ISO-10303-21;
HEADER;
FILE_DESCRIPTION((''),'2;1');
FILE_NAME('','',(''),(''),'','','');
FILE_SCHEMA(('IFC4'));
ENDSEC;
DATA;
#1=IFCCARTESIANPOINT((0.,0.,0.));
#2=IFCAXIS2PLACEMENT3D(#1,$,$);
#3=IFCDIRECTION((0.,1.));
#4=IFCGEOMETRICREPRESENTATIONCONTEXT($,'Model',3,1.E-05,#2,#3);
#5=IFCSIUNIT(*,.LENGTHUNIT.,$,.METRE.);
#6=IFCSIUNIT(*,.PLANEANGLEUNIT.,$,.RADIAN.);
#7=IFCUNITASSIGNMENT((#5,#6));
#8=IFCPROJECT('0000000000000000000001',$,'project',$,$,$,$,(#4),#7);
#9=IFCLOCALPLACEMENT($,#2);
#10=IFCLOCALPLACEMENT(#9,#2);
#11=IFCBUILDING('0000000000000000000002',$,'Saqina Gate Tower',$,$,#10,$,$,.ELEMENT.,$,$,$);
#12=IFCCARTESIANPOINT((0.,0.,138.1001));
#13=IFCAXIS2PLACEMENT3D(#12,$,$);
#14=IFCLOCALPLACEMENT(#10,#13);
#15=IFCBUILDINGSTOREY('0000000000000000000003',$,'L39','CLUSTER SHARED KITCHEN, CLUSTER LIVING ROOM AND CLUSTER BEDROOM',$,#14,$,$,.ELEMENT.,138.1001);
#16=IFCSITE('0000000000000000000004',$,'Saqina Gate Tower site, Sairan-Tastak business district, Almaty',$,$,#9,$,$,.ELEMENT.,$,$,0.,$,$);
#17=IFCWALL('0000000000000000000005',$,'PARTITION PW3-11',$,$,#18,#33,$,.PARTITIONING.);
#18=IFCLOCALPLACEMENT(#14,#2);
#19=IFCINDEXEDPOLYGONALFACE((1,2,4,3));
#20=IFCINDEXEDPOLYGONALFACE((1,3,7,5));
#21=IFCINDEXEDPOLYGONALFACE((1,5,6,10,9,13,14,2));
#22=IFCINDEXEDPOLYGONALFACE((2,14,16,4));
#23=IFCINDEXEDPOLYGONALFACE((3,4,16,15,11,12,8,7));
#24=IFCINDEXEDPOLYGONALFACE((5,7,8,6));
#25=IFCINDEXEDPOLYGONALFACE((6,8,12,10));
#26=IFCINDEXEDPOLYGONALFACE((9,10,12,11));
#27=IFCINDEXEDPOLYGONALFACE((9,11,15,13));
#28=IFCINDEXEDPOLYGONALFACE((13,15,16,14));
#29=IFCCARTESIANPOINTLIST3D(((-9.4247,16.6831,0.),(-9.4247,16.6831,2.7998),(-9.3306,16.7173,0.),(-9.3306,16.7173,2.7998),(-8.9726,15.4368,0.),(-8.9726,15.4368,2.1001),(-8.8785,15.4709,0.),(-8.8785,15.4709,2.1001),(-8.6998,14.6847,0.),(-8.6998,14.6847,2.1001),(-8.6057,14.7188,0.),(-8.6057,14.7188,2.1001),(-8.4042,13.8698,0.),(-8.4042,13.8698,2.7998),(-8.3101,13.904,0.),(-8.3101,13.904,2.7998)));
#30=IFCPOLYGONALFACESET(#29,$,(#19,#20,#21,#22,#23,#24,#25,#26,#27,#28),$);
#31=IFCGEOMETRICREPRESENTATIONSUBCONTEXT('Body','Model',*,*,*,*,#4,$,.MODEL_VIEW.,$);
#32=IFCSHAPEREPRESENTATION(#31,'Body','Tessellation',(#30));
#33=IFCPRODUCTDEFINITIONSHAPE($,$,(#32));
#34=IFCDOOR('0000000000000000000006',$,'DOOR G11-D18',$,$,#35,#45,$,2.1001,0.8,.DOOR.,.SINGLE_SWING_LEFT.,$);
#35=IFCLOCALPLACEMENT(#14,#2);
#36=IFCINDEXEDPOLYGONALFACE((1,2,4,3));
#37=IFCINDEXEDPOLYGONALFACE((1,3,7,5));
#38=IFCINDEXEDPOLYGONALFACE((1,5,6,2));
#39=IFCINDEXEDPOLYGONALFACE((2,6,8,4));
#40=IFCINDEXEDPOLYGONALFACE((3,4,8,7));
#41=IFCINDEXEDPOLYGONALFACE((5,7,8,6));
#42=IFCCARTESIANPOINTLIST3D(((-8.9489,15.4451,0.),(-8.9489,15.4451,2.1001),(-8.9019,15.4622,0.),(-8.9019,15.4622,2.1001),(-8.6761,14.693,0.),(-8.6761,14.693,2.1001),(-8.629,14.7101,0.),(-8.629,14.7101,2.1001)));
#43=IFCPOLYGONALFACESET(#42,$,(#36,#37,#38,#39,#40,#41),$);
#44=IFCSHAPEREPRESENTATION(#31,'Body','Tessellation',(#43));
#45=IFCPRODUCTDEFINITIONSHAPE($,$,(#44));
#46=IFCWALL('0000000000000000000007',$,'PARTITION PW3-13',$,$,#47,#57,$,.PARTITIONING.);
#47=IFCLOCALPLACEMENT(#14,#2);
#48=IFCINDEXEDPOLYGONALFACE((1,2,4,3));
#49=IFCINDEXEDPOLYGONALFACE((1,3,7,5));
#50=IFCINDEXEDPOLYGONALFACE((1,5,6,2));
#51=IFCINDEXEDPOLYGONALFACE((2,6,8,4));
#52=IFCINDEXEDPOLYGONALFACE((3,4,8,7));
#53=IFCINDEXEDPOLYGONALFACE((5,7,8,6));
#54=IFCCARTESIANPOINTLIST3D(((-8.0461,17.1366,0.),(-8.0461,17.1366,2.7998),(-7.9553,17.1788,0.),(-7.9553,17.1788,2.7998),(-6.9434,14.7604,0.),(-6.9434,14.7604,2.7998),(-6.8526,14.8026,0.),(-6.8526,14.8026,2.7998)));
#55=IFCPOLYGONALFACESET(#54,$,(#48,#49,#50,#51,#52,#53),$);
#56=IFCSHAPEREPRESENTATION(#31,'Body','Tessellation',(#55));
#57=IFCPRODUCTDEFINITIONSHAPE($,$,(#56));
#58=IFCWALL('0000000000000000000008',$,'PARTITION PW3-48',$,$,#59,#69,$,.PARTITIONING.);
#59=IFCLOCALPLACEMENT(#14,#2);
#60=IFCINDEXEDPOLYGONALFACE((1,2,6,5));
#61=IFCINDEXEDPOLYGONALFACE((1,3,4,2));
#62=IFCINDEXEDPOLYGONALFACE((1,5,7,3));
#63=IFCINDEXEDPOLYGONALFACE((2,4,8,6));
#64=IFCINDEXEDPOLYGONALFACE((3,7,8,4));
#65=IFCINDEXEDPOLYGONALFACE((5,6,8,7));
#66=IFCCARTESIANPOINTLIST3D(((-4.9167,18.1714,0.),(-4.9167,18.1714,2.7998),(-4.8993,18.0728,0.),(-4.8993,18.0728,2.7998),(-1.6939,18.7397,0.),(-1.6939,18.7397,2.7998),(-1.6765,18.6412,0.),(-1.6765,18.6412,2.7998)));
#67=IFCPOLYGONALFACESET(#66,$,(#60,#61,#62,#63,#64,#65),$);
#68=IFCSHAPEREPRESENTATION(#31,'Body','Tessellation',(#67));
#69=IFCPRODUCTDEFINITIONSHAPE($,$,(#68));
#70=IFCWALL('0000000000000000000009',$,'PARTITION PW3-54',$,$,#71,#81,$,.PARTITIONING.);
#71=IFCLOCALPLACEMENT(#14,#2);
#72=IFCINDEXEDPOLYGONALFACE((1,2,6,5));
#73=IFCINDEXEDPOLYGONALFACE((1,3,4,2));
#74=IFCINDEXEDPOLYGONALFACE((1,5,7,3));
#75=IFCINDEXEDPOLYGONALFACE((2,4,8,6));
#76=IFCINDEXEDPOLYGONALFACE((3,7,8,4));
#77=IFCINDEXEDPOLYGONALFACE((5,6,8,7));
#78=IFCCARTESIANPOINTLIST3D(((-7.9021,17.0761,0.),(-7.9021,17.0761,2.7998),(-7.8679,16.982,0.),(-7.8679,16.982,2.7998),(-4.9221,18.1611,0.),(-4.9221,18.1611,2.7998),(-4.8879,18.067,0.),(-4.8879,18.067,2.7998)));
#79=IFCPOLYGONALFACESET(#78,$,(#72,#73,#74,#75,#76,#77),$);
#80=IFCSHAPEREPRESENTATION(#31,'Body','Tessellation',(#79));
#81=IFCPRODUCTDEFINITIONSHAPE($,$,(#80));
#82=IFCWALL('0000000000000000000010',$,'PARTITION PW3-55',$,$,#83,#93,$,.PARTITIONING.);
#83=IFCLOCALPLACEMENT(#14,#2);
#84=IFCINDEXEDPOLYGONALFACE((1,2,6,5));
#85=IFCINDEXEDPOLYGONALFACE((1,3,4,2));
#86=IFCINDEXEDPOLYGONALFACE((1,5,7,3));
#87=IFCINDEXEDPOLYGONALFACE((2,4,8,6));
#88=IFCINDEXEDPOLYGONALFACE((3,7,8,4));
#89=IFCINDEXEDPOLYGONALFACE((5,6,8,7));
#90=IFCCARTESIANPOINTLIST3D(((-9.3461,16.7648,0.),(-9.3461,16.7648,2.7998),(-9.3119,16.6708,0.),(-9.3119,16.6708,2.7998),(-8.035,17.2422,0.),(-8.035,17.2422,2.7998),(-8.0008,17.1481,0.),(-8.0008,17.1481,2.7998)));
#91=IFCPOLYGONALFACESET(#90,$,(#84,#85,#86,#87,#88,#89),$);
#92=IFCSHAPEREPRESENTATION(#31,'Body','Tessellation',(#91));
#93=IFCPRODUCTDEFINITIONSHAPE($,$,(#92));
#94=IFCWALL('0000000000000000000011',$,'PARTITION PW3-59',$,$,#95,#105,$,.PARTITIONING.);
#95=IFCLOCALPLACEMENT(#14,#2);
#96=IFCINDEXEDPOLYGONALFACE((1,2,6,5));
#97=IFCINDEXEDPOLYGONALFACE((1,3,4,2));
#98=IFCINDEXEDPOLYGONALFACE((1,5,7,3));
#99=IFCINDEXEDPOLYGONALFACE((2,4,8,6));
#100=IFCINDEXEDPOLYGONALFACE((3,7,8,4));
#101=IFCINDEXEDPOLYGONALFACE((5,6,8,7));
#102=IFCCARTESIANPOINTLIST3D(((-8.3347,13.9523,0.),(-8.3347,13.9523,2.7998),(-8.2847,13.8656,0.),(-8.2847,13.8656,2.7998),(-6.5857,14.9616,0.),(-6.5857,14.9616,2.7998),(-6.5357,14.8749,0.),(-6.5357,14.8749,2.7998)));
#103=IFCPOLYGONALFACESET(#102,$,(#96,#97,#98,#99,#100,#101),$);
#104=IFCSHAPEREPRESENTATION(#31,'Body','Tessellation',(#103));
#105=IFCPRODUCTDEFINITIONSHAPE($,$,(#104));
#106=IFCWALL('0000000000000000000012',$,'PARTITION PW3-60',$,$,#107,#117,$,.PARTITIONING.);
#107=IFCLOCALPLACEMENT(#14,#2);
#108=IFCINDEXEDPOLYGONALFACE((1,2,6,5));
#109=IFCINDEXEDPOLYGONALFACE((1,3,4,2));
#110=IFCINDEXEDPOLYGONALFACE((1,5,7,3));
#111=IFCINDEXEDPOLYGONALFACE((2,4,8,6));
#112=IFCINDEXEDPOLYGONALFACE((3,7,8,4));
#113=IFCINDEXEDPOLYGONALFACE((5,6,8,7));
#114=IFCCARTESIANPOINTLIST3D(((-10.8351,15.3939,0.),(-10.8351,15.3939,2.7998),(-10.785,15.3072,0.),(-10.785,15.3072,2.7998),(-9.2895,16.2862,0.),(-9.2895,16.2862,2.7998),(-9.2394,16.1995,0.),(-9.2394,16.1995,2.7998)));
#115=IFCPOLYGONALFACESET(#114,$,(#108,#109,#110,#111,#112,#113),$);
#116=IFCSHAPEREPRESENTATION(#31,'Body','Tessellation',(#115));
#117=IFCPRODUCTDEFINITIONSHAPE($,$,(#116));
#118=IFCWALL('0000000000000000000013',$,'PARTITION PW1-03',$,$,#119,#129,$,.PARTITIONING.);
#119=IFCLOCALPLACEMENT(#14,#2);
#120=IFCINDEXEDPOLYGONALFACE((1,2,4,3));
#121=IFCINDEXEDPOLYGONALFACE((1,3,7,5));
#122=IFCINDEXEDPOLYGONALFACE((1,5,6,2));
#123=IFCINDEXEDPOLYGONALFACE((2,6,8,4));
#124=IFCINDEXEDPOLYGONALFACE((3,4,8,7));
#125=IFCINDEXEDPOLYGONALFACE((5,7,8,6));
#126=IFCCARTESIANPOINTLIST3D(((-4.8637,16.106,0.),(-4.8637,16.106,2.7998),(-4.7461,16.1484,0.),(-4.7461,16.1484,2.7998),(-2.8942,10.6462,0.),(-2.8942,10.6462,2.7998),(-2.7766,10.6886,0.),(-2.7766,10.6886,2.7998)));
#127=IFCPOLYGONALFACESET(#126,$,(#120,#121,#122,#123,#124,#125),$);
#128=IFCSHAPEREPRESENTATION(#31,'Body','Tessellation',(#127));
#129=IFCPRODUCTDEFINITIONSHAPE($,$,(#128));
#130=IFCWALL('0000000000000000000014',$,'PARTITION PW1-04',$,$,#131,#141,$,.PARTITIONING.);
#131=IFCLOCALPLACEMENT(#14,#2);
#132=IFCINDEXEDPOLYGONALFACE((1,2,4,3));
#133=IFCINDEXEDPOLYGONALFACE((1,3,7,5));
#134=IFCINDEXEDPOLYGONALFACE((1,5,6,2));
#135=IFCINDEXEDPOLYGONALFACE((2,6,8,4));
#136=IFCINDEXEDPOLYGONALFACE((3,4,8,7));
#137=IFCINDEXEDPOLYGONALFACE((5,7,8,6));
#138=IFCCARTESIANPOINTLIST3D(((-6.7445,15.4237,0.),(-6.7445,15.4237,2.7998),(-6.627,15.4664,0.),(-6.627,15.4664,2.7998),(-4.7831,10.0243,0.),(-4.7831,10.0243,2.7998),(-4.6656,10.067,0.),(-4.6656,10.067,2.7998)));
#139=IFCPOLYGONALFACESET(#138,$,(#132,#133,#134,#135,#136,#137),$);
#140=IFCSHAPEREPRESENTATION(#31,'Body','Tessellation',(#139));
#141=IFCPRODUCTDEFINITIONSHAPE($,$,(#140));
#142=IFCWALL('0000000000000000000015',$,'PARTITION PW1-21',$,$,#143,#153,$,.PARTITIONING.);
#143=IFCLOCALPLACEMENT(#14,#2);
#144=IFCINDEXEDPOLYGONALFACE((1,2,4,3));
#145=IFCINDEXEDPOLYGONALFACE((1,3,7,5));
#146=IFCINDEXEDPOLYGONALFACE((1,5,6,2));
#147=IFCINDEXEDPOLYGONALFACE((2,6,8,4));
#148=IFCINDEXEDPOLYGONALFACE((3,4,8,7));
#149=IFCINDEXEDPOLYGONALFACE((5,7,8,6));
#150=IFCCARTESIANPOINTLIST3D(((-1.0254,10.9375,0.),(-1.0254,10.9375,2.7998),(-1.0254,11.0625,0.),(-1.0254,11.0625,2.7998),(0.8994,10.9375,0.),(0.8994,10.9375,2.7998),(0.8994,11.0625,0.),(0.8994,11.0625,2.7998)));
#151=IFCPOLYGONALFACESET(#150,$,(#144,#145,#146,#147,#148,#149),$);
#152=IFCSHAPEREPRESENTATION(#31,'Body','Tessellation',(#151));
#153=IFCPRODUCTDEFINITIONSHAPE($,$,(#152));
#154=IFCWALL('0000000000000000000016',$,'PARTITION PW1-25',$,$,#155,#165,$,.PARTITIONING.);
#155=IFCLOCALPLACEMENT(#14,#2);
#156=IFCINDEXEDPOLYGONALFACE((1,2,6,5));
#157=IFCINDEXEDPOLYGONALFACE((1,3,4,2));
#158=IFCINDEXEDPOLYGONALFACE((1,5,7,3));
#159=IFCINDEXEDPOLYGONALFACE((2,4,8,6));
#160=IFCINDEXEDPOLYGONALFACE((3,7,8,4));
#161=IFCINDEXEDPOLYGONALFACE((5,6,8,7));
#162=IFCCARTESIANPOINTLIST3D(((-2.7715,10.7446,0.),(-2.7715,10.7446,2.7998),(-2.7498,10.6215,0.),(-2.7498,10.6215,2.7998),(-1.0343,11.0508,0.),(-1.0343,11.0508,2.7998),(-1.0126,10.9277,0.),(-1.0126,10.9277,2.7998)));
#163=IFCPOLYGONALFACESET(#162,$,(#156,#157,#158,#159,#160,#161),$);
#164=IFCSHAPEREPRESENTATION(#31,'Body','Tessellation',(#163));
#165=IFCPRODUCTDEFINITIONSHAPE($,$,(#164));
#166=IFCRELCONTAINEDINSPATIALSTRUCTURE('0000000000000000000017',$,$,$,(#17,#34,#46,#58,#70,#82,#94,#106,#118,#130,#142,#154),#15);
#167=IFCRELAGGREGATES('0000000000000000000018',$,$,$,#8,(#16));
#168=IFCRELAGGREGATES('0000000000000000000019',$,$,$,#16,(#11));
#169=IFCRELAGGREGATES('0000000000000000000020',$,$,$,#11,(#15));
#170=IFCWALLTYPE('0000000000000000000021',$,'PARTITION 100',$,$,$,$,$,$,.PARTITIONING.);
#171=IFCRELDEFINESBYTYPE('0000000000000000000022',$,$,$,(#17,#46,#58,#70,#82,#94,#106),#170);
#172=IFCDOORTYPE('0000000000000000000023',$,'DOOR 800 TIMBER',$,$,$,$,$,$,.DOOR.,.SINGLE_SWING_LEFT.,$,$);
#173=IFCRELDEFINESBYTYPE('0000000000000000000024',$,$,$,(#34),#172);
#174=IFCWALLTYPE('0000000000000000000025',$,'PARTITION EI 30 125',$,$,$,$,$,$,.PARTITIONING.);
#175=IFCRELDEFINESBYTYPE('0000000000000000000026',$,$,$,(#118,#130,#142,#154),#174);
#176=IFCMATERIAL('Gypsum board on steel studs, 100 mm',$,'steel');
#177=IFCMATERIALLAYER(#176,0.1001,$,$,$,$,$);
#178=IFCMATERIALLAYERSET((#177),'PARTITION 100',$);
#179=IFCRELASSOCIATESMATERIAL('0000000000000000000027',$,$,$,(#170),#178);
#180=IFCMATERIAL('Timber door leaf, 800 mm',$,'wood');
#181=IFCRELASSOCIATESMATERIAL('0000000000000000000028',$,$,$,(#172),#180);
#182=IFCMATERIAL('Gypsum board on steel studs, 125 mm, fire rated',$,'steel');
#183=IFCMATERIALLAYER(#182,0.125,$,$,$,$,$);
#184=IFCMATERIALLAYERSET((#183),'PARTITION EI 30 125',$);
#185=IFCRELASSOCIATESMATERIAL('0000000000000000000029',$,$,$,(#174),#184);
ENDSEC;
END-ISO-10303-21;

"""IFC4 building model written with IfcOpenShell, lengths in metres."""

from ifc_helpers import new_model, si_unit, direction, frame, frame_2d, origin, place, context, subcontext, project, spatial, rectangle, extrude, material, layer, layer_set, type_object, element, fill, save


model = new_model("IFC4")

# Units and contexts
model_context = context("Model", 3, precision=1e-05, world=origin(), true_north=direction((0.0, 1.0)))
body_context = subcontext(model_context, "Body", "Model", "MODEL_VIEW")
ifc_project = project(units=[si_unit("LENGTHUNIT", "METRE"), si_unit("PLANEANGLEUNIT", "RADIAN")], contexts=[model_context])

# Site, building, storey
site_placement = place(None, origin())
site = spatial("IfcSite", under=ifc_project, at=site_placement, Name="Saqina Gate Tower site, Sairan-Tastak business district, Almaty", CompositionType="ELEMENT", RefElevation=0.0)
building_placement = place(site_placement, origin())
building = spatial("IfcBuilding", under=site, at=building_placement, Name="Saqina Gate Tower", CompositionType="ELEMENT")
storey_placement = place(building_placement, frame((0.0, 0.0, 138.1001)))
storey = spatial("IfcBuildingStorey", under=building, at=storey_placement, Name="L39", Description="CLUSTER SHARED KITCHEN, CLUSTER LIVING ROOM AND CLUSTER BEDROOM", CompositionType="ELEMENT", Elevation=138.1001)

# Wall, opening, door
ifc_material_1 = material(Name="Gypsum board on steel studs, 100 mm", Category="steel")
ifc_layer_1 = layer(ifc_material_1, 0.1001)
ifc_layer_set_1 = layer_set([ifc_layer_1], Name="PARTITION 100")
wall_type_1 = type_object("IfcWallType", Name="PARTITION 100", PredefinedType="PARTITIONING", material=ifc_layer_set_1)
wall_1_placement = place(storey_placement, frame((-9.3777, 16.7002, 0.0), z_axis=(0.0, 0.0, 1.0), x_axis=(0.341009, -0.94006, 0.0)))
wall_1 = element("IfcWall", 1, at=wall_1_placement, inside=storey, type_object=wall_type_1, Name="PARTITION PW3-11", PredefinedType="PARTITIONING", context=body_context, shape_type="SweptSolid", body=[
    extrude(rectangle(XDim=2.9927, YDim=0.1001, at=frame_2d((1.4963, 0.0))), origin(), (0.0, 0.0, 1.0), 2.7998),
])
opening_1_placement = place(wall_1_placement, frame((1.3259, 0.0, 0.0)))
opening_1 = element("IfcOpeningElement", 2, at=opening_1_placement, cuts=wall_1, PredefinedType="OPENING", context=body_context, shape_type="SweptSolid", body=[
    extrude(rectangle(XDim=0.8, YDim=2.1001, at=frame_2d((0.3999, 1.05))), frame((0.0, 0.062, 0.0), z_axis=(0.0, -1.0, 0.0), x_axis=(1.0, 0.0, 0.0)), (0.0, 0.0, 1.0), 0.124),
])
ifc_material_2 = material(Name="Timber door leaf, 800 mm", Category="wood")
door_type_1 = type_object("IfcDoorType", Name="DOOR 800 TIMBER", OperationType="SINGLE_SWING_LEFT", PredefinedType="DOOR", material=ifc_material_2)
door_1_placement = place(opening_1_placement, frame((0.8, 0.0, 0.0), z_axis=(0.0, 0.0, 1.0), x_axis=(-1.0, 0.0, 0.0)))
door_1 = element("IfcDoor", 3, at=door_1_placement, inside=storey, type_object=door_type_1, Name="DOOR G11-D18", OperationType="SINGLE_SWING_LEFT", OverallHeight=2.1001, OverallWidth=0.8, PredefinedType="DOOR", context=body_context, shape_type="SweptSolid", body=[
    extrude(rectangle(XDim=0.8, YDim=2.1001, at=frame_2d((0.3999, 1.05))), frame((0.0, 0.0249, 0.0), z_axis=(0.0, -1.0, 0.0), x_axis=(1.0, 0.0, 0.0)), (0.0, 0.0, 1.0), 0.05),
])
fill(opening_1, door_1)

# Walls
wall_2_placement = place(storey_placement, frame((-8.0007, 17.1577, 0.0), z_axis=(0.0, 0.0, 1.0), x_axis=(0.420966, -0.907076, 0.0)))
element("IfcWall", 4, at=wall_2_placement, inside=storey, type_object=wall_type_1, Name="PARTITION PW3-13", PredefinedType="PARTITIONING", context=body_context, shape_type="SweptSolid", body=[
    extrude(rectangle(XDim=2.6196, YDim=0.1001, at=frame_2d((1.3098, 0.0))), origin(), (0.0, 0.0, 1.0), 2.7998),
])
wall_3_placement = place(storey_placement, frame((-4.908, 18.1221, 0.0), z_axis=(0.0, 0.0, 1.0), x_axis=(0.984802, 0.173683, 0.0)))
element("IfcWall", 5, at=wall_3_placement, inside=storey, type_object=wall_type_1, Name="PARTITION PW3-48", PredefinedType="PARTITIONING", context=body_context, shape_type="SweptSolid", body=[
    extrude(rectangle(XDim=3.2725, YDim=0.1001, at=frame_2d((1.6362, 0.0))), origin(), (0.0, 0.0, 1.0), 2.7998),
])
wall_4_placement = place(storey_placement, frame((-7.885, 17.0291, 0.0), z_axis=(0.0, 0.0, 1.0), x_axis=(0.939658, 0.342114, 0.0)))
element("IfcWall", 6, at=wall_4_placement, inside=storey, type_object=wall_type_1, Name="PARTITION PW3-54", PredefinedType="PARTITIONING", context=body_context, shape_type="SweptSolid", body=[
    extrude(rectangle(XDim=3.1714, YDim=0.1001, at=frame_2d((1.5857, 0.0))), origin(), (0.0, 0.0, 1.0), 2.7998),
])
wall_5_placement = place(storey_placement, frame((-9.3291, 16.7178, 0.0), z_axis=(0.0, 0.0, 1.0), x_axis=(0.939666, 0.342094, 0.0)))
element("IfcWall", 7, at=wall_5_placement, inside=storey, type_object=wall_type_1, Name="PARTITION PW3-55", PredefinedType="PARTITIONING", context=body_context, shape_type="SweptSolid", body=[
    extrude(rectangle(XDim=1.3953, YDim=0.1001, at=frame_2d((0.6978, 0.0))), origin(), (0.0, 0.0, 1.0), 2.7998),
])
wall_6_placement = place(storey_placement, frame((-8.3098, 13.9089, 0.0), z_axis=(0.0, 0.0, 1.0), x_axis=(0.866137, 0.499806, 0.0)))
element("IfcWall", 8, at=wall_6_placement, inside=storey, type_object=wall_type_1, Name="PARTITION PW3-59", PredefinedType="PARTITIONING", context=body_context, shape_type="SweptSolid", body=[
    extrude(rectangle(XDim=2.0193, YDim=0.1001, at=frame_2d((1.0098, 0.0))), origin(), (0.0, 0.0, 1.0), 2.7998),
])
wall_7_placement = place(storey_placement, frame((-10.8101, 15.3506, 0.0), z_axis=(0.0, 0.0, 1.0), x_axis=(0.866038, 0.499979, 0.0)))
element("IfcWall", 9, at=wall_7_placement, inside=storey, type_object=wall_type_1, Name="PARTITION PW3-60", PredefinedType="PARTITIONING", context=body_context, shape_type="SweptSolid", body=[
    extrude(rectangle(XDim=1.7847, YDim=0.1001, at=frame_2d((0.8923, 0.0))), origin(), (0.0, 0.0, 1.0), 2.7998),
])
ifc_material_3 = material(Name="Gypsum board on steel studs, 125 mm, fire rated", Category="steel")
ifc_layer_2 = layer(ifc_material_3, 0.125)
ifc_layer_set_2 = layer_set([ifc_layer_2], Name="PARTITION EI 30 125")
wall_type_2 = type_object("IfcWallType", Name="PARTITION EI 30 125", PredefinedType="PARTITIONING", material=ifc_layer_set_2)
wall_8_placement = place(storey_placement, frame((-4.8049, 16.1272, 0.0), z_axis=(0.0, 0.0, 1.0), x_axis=(0.339327, -0.940668, 0.0)))
element("IfcWall", 10, at=wall_8_placement, inside=storey, type_object=wall_type_2, Name="PARTITION PW1-03", PredefinedType="PARTITIONING", context=body_context, shape_type="SweptSolid", body=[
    extrude(rectangle(XDim=5.8042, YDim=0.125, at=frame_2d((2.9021, 0.0))), origin(), (0.0, 0.0, 1.0), 2.7998),
])
wall_9_placement = place(storey_placement, frame((-6.6858, 15.4451, 0.0), z_axis=(0.0, 0.0, 1.0), x_axis=(0.341436, -0.939905, 0.0)))
element("IfcWall", 11, at=wall_9_placement, inside=storey, type_object=wall_type_2, Name="PARTITION PW1-04", PredefinedType="PARTITIONING", context=body_context, shape_type="SweptSolid", body=[
    extrude(rectangle(XDim=5.7446, YDim=0.125, at=frame_2d((2.8723, 0.0))), origin(), (0.0, 0.0, 1.0), 2.7998),
])
wall_10_placement = place(storey_placement, frame((-1.0254, 11.0, 0.0), z_axis=(0.0, 0.0, 1.0), x_axis=(1.0, 0.0, 0.0)))
element("IfcWall", 12, at=wall_10_placement, inside=storey, type_object=wall_type_2, Name="PARTITION PW1-21", PredefinedType="PARTITIONING", context=body_context, shape_type="SweptSolid", body=[
    extrude(rectangle(XDim=1.9248, YDim=0.125, at=frame_2d((0.9624, 0.0))), origin(), (0.0, 0.0, 1.0), 2.7998),
])
wall_11_placement = place(storey_placement, frame((-2.7605, 10.6831, 0.0), z_axis=(0.0, 0.0, 1.0), x_axis=(0.984821, 0.173572, 0.0)))
element("IfcWall", 13, at=wall_11_placement, inside=storey, type_object=wall_type_2, Name="PARTITION PW1-25", PredefinedType="PARTITIONING", context=body_context, shape_type="SweptSolid", body=[
    extrude(rectangle(XDim=1.7639, YDim=0.125, at=frame_2d((0.8818, 0.0))), origin(), (0.0, 0.0, 1.0), 2.7998),
])

save(model, "model.ifc")
